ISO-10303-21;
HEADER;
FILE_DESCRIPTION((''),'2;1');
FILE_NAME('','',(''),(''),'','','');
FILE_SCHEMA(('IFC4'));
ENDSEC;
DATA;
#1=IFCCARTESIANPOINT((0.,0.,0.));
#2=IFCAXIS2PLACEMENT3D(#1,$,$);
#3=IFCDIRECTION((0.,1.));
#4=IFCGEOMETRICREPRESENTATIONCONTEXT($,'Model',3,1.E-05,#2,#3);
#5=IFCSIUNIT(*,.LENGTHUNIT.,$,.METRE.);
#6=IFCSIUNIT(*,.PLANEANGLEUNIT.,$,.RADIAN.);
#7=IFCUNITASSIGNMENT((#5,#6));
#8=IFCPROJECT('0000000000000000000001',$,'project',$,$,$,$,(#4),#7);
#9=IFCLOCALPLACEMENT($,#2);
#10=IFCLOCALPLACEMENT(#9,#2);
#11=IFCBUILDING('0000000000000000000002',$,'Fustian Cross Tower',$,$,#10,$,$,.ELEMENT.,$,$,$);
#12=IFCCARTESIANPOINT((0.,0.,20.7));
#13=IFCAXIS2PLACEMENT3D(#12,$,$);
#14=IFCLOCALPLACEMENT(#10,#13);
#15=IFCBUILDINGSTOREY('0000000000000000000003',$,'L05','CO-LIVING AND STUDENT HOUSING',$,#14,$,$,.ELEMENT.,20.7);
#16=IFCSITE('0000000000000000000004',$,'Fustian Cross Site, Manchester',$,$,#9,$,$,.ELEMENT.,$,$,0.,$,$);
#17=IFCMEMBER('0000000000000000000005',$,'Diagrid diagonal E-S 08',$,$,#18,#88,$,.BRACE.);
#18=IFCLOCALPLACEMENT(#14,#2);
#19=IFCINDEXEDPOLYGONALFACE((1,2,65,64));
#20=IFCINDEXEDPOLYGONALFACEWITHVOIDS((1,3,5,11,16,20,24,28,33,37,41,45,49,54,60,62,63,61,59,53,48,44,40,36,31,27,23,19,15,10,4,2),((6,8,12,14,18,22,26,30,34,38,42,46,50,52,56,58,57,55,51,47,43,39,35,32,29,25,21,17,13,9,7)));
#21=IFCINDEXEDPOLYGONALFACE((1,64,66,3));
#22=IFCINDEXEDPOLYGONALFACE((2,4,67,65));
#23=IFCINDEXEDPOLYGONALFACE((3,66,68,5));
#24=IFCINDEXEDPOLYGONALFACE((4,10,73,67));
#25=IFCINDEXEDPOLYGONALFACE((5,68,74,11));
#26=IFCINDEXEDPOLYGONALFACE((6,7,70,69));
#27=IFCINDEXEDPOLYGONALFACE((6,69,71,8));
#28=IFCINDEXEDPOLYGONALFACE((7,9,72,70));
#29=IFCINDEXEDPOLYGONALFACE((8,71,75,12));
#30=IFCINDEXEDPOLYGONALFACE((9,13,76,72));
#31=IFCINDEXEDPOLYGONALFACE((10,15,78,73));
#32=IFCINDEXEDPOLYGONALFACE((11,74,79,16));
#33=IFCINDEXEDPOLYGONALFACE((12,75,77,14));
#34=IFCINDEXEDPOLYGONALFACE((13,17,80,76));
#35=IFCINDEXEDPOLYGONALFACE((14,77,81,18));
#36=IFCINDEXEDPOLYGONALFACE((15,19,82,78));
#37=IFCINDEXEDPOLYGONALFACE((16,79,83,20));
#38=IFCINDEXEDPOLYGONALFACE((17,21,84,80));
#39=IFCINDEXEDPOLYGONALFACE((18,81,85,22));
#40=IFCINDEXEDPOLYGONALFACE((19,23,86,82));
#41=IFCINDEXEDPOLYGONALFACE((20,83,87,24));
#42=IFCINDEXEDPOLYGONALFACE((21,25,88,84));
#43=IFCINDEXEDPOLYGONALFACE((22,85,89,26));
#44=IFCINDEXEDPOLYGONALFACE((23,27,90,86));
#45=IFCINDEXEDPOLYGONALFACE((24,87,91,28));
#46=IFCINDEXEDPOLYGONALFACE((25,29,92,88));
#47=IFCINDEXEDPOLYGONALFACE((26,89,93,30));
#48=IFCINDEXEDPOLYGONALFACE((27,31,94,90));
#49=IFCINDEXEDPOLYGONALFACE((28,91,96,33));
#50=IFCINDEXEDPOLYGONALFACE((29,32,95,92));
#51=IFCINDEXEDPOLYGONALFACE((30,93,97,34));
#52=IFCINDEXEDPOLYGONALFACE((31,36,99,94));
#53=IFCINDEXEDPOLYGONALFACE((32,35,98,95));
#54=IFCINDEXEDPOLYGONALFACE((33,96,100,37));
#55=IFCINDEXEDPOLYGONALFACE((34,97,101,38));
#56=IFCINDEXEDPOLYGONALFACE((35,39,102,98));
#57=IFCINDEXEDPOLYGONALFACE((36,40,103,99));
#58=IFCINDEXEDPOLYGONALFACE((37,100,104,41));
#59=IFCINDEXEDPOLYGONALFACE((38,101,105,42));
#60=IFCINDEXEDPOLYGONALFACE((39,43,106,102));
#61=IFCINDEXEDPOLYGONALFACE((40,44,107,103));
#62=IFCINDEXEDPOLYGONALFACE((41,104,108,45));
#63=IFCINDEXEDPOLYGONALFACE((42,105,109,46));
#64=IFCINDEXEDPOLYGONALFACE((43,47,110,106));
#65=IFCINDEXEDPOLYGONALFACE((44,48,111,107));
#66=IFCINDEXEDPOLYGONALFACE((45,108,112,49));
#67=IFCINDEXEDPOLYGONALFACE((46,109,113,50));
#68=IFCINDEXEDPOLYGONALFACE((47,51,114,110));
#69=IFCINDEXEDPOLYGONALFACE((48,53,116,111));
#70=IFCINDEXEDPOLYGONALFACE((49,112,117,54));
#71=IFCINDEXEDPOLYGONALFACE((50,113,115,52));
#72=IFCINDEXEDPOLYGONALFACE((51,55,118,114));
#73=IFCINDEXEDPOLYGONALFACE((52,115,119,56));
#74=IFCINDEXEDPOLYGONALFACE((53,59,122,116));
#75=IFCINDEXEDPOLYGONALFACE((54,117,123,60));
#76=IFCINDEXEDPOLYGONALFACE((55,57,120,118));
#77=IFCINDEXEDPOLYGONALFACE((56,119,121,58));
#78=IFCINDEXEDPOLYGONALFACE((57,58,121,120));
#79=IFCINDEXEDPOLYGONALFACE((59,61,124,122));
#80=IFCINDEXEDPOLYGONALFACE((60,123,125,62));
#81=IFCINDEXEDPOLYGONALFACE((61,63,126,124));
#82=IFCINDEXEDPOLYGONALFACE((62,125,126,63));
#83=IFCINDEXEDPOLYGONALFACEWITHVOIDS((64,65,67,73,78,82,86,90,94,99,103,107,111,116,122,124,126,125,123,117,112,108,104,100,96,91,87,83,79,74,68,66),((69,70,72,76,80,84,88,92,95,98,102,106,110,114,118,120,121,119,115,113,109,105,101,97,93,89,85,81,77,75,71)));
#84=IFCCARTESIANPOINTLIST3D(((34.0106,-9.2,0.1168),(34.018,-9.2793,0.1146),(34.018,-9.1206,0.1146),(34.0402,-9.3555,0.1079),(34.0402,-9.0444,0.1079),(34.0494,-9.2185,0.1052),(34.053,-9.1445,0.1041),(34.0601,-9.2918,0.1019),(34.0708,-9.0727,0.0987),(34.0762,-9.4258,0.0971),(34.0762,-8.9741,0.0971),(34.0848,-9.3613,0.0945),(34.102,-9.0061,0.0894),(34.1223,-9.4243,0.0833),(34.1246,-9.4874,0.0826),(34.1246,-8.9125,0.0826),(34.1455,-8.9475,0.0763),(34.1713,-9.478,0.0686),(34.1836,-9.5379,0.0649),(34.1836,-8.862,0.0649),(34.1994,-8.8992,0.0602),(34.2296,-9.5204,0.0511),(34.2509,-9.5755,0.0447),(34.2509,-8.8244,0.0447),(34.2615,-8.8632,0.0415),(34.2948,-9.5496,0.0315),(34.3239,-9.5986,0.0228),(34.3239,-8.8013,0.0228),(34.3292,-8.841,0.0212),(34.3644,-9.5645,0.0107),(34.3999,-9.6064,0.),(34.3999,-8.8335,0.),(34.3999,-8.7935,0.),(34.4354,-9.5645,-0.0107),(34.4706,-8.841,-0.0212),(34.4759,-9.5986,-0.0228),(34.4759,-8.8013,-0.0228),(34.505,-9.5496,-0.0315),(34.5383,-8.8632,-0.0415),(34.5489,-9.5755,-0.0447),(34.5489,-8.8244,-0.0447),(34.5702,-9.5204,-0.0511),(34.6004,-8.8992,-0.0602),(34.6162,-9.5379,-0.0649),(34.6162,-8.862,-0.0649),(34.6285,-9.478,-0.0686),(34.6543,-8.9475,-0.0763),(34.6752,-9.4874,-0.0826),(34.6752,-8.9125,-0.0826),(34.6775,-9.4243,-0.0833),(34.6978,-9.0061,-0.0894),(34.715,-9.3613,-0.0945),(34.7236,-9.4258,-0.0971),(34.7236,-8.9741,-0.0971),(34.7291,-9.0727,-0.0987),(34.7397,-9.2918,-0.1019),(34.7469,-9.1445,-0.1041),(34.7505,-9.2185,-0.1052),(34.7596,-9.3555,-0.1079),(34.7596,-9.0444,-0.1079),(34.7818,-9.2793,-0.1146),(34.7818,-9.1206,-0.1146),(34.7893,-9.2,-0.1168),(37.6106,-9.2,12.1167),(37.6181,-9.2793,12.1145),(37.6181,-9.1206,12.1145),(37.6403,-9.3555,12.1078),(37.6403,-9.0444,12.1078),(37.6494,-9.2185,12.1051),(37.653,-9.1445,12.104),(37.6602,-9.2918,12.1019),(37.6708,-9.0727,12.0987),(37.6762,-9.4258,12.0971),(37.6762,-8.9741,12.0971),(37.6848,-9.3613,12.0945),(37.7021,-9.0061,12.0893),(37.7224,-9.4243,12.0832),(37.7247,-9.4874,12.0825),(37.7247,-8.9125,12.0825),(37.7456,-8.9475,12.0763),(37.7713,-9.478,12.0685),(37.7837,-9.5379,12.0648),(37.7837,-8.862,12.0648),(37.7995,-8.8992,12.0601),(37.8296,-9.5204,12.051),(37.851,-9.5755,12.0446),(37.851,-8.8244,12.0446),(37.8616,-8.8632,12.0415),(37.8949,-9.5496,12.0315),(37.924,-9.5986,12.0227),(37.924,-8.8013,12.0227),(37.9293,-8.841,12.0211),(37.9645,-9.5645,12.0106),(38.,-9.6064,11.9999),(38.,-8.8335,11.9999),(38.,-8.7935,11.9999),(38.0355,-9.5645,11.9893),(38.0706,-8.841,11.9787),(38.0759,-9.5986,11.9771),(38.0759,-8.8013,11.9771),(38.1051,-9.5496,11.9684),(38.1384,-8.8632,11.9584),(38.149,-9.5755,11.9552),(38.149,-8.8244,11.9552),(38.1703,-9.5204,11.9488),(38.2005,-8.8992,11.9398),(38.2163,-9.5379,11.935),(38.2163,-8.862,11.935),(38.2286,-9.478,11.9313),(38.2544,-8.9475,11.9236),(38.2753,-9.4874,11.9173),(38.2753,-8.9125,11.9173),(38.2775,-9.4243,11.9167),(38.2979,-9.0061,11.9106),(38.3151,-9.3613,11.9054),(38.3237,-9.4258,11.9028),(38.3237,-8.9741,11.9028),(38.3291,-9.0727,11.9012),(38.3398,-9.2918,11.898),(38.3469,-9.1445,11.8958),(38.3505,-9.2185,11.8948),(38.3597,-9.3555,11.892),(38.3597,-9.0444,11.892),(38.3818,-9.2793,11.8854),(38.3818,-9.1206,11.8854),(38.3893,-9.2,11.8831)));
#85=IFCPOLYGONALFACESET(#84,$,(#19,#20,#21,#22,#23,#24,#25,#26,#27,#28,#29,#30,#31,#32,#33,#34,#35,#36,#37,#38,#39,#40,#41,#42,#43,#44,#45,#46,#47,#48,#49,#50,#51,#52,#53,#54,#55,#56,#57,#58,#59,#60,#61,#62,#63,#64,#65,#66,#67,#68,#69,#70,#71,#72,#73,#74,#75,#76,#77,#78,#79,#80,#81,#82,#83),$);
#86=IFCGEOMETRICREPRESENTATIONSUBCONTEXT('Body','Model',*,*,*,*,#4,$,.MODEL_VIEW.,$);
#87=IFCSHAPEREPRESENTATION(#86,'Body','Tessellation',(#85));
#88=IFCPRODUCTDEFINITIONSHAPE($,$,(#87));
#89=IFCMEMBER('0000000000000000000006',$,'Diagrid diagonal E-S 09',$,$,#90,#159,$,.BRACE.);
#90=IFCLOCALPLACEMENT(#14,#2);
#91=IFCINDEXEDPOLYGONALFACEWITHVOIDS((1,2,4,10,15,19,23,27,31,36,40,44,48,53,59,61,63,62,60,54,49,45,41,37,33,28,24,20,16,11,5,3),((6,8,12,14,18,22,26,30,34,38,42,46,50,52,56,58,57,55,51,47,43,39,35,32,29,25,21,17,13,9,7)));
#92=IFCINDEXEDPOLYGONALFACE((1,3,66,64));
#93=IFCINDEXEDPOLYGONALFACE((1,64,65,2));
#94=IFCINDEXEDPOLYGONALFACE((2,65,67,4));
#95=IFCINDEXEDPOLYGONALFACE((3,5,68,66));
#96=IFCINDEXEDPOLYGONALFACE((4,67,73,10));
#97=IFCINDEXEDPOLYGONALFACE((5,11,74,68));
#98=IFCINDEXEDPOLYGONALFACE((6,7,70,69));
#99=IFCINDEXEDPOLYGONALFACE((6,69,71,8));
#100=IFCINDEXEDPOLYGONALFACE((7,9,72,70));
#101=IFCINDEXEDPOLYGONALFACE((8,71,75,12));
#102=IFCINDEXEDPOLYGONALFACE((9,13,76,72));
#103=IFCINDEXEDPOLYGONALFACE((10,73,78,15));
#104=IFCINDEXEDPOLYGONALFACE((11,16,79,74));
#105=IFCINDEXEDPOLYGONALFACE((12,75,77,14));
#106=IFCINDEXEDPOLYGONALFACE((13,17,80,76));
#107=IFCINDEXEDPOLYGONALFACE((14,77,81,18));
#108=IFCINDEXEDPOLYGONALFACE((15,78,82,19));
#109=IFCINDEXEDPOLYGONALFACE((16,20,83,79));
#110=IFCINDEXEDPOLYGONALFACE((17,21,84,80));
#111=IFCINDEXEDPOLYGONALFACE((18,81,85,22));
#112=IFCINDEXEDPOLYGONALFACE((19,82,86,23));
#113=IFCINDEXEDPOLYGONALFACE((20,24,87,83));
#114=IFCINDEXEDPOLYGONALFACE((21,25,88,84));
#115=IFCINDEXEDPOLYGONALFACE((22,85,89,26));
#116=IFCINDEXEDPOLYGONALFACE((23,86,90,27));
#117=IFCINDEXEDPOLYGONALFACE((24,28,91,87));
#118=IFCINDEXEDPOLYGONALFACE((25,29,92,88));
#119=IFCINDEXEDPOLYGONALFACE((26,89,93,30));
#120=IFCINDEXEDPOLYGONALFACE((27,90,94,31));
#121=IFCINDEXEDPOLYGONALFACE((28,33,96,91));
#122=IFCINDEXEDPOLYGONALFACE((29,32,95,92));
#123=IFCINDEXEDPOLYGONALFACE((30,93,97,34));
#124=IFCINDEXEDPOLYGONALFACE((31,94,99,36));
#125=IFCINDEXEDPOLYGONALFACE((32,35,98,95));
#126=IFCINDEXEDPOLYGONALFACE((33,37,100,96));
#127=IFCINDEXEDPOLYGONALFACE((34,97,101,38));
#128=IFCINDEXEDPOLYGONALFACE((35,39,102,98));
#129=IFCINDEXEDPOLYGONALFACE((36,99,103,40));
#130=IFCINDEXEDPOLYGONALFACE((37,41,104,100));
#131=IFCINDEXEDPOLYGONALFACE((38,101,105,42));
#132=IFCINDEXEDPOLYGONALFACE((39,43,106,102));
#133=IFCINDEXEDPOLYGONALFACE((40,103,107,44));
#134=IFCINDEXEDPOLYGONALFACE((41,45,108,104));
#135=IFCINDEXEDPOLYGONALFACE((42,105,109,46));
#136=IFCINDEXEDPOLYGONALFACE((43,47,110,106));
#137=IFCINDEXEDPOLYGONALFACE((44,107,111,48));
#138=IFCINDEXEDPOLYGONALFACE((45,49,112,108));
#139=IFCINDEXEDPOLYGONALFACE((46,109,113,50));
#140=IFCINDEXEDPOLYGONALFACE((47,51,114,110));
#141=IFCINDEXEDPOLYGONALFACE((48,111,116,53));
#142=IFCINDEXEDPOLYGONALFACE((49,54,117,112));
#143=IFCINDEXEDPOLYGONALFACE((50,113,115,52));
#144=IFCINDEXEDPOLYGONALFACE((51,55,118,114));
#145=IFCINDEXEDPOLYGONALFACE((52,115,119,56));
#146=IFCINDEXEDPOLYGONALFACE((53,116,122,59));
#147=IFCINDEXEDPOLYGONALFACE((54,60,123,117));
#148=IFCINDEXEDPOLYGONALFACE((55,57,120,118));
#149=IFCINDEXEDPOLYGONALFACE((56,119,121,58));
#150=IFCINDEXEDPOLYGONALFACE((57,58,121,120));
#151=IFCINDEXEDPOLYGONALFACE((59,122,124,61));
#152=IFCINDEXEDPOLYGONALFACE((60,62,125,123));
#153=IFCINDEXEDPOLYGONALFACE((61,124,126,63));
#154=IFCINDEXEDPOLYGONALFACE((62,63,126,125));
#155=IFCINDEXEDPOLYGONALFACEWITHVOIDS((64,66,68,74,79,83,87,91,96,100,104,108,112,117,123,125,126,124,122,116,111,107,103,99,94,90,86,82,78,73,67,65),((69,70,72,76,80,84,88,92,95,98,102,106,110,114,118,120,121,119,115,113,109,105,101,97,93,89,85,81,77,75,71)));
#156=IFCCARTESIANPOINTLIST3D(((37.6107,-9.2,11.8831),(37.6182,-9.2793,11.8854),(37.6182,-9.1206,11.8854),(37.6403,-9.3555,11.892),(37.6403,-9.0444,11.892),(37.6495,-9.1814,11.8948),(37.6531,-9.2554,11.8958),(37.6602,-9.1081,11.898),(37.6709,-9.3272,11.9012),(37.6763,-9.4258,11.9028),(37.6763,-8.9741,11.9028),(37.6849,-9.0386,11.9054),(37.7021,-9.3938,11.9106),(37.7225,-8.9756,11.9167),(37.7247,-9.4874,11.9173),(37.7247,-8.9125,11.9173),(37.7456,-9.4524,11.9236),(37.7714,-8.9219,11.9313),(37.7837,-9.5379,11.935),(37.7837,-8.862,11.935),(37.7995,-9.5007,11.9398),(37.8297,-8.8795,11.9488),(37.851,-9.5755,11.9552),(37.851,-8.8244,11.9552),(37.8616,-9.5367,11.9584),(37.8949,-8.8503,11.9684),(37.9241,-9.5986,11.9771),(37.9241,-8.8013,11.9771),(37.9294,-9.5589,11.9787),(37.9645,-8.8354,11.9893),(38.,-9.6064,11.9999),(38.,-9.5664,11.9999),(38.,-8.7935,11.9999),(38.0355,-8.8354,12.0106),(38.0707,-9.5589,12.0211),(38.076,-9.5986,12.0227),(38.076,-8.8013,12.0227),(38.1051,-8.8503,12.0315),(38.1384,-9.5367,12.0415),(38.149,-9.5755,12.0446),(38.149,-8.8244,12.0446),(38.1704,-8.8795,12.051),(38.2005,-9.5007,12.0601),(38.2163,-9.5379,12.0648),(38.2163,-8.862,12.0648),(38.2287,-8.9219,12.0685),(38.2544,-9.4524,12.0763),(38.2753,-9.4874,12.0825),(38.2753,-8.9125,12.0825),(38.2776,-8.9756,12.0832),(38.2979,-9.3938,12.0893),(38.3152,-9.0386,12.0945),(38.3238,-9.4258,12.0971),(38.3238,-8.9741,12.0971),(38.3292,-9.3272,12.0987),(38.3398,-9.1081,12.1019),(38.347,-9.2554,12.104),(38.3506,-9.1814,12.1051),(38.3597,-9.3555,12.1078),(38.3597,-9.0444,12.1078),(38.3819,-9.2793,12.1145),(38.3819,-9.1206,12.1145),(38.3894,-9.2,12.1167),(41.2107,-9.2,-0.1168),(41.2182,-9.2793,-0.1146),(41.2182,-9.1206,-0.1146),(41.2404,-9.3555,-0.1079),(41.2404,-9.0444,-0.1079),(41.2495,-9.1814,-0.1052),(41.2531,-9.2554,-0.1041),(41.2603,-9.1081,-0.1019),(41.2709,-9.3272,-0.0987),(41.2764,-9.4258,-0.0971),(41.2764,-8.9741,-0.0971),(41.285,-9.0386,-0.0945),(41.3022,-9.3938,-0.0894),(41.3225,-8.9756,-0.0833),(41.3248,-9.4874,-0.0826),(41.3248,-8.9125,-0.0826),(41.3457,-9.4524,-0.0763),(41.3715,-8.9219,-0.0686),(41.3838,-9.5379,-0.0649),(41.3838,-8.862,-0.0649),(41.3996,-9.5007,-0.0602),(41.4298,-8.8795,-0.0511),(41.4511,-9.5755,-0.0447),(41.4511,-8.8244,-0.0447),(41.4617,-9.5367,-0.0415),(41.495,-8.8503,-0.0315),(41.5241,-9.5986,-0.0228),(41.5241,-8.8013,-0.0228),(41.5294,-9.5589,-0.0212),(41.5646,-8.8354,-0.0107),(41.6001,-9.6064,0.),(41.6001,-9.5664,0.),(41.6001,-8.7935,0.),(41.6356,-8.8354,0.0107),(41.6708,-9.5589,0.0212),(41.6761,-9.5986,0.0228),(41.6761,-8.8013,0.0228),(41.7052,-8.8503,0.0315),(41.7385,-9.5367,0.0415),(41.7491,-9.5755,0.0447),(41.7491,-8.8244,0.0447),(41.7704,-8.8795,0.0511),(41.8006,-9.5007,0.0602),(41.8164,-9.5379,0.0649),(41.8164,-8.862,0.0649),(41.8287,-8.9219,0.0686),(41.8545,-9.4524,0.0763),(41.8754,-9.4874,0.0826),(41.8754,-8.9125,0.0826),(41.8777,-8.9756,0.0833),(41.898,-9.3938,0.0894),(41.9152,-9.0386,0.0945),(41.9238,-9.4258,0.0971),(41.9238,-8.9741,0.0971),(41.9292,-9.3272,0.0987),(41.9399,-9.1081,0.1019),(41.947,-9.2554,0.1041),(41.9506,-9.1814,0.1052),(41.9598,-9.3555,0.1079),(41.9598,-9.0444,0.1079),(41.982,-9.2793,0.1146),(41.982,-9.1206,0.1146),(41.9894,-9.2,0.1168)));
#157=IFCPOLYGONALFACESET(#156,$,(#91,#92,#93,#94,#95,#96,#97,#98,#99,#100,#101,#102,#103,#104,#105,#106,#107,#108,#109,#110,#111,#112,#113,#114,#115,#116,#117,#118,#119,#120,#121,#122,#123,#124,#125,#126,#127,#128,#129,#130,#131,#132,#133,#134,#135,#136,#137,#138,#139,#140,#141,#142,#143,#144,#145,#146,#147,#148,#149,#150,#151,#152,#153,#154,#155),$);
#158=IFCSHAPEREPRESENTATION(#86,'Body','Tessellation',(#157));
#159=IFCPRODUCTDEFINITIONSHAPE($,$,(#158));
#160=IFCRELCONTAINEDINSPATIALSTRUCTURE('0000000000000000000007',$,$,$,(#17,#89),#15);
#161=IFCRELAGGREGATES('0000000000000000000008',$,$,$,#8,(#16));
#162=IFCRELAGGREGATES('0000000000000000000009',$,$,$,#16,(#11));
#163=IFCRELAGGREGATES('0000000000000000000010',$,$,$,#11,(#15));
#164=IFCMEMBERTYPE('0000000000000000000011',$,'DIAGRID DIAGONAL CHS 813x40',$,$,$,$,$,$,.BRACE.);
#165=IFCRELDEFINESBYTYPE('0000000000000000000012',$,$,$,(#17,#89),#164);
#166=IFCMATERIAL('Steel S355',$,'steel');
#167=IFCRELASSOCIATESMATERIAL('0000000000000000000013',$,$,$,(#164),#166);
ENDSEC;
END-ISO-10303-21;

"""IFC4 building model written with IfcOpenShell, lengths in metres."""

from ifc_helpers import new_model, si_unit, direction, frame, origin, origin_2d, place, context, subcontext, project, spatial, hollow_circle, extrude, material, material_profile, profile_set, type_object, element, save


model = new_model("IFC4")

# Units and contexts
model_context = context("Model", 3, precision=1e-05, world=origin(), true_north=direction((0.0, 1.0)))
body_context = subcontext(model_context, "Body", "Model", "MODEL_VIEW")
ifc_project = project(units=[si_unit("LENGTHUNIT", "METRE"), si_unit("PLANEANGLEUNIT", "RADIAN")], contexts=[model_context])

# Site, building, storey
site_placement = place(None, origin())
site = spatial("IfcSite", under=ifc_project, at=site_placement, Name="Fustian Cross Site, Manchester", CompositionType="ELEMENT", RefElevation=0.0)
building_placement = place(site_placement, origin())
building = spatial("IfcBuilding", under=site, at=building_placement, Name="Fustian Cross Tower", CompositionType="ELEMENT")
storey_placement = place(building_placement, frame((0.0, 0.0, 20.7)))
storey = spatial("IfcBuildingStorey", under=building, at=storey_placement, Name="L05", Description="CO-LIVING AND STUDENT HOUSING", CompositionType="ELEMENT", Elevation=20.7)

# Members
ifc_material_1 = material(Name="Steel S355", Category="steel")
ifc_material_profile_1 = material_profile(ifc_material_1, hollow_circle(Radius=0.4065, WallThickness=0.04, at=origin_2d()), Name="CHS 813x40")
ifc_profile_set_1 = profile_set([ifc_material_profile_1], Name="Steel S355")
member_type_1 = type_object("IfcMemberType", Name="DIAGRID DIAGONAL CHS 813x40", PredefinedType="BRACE", material=ifc_profile_set_1)
for number, where, z_axis, x_axis, name in (
    (1, (34.3999, -9.2, 0.0), (0.287355, 0.0, 0.957824), (0.0, 1.0, 0.0), "Diagrid diagonal E-S 08"),
    (2, (41.6001, -9.2, 0.0), (-0.287355, 0.0, 0.957824), (0.0, -1.0, 0.0), "Diagrid diagonal E-S 09"),
):
    element("IfcMember", number, at=place(storey_placement, frame(where, z_axis=z_axis, x_axis=x_axis)), inside=storey, type_object=member_type_1, Name=name, PredefinedType="BRACE", context=body_context, shape_type="SweptSolid", body=[
        extrude(hollow_circle(Radius=0.4065, WallThickness=0.04, at=origin_2d()), origin(), (0.0, 0.0, 1.0), 12.5283),
    ])

save(model, "model.ifc")
